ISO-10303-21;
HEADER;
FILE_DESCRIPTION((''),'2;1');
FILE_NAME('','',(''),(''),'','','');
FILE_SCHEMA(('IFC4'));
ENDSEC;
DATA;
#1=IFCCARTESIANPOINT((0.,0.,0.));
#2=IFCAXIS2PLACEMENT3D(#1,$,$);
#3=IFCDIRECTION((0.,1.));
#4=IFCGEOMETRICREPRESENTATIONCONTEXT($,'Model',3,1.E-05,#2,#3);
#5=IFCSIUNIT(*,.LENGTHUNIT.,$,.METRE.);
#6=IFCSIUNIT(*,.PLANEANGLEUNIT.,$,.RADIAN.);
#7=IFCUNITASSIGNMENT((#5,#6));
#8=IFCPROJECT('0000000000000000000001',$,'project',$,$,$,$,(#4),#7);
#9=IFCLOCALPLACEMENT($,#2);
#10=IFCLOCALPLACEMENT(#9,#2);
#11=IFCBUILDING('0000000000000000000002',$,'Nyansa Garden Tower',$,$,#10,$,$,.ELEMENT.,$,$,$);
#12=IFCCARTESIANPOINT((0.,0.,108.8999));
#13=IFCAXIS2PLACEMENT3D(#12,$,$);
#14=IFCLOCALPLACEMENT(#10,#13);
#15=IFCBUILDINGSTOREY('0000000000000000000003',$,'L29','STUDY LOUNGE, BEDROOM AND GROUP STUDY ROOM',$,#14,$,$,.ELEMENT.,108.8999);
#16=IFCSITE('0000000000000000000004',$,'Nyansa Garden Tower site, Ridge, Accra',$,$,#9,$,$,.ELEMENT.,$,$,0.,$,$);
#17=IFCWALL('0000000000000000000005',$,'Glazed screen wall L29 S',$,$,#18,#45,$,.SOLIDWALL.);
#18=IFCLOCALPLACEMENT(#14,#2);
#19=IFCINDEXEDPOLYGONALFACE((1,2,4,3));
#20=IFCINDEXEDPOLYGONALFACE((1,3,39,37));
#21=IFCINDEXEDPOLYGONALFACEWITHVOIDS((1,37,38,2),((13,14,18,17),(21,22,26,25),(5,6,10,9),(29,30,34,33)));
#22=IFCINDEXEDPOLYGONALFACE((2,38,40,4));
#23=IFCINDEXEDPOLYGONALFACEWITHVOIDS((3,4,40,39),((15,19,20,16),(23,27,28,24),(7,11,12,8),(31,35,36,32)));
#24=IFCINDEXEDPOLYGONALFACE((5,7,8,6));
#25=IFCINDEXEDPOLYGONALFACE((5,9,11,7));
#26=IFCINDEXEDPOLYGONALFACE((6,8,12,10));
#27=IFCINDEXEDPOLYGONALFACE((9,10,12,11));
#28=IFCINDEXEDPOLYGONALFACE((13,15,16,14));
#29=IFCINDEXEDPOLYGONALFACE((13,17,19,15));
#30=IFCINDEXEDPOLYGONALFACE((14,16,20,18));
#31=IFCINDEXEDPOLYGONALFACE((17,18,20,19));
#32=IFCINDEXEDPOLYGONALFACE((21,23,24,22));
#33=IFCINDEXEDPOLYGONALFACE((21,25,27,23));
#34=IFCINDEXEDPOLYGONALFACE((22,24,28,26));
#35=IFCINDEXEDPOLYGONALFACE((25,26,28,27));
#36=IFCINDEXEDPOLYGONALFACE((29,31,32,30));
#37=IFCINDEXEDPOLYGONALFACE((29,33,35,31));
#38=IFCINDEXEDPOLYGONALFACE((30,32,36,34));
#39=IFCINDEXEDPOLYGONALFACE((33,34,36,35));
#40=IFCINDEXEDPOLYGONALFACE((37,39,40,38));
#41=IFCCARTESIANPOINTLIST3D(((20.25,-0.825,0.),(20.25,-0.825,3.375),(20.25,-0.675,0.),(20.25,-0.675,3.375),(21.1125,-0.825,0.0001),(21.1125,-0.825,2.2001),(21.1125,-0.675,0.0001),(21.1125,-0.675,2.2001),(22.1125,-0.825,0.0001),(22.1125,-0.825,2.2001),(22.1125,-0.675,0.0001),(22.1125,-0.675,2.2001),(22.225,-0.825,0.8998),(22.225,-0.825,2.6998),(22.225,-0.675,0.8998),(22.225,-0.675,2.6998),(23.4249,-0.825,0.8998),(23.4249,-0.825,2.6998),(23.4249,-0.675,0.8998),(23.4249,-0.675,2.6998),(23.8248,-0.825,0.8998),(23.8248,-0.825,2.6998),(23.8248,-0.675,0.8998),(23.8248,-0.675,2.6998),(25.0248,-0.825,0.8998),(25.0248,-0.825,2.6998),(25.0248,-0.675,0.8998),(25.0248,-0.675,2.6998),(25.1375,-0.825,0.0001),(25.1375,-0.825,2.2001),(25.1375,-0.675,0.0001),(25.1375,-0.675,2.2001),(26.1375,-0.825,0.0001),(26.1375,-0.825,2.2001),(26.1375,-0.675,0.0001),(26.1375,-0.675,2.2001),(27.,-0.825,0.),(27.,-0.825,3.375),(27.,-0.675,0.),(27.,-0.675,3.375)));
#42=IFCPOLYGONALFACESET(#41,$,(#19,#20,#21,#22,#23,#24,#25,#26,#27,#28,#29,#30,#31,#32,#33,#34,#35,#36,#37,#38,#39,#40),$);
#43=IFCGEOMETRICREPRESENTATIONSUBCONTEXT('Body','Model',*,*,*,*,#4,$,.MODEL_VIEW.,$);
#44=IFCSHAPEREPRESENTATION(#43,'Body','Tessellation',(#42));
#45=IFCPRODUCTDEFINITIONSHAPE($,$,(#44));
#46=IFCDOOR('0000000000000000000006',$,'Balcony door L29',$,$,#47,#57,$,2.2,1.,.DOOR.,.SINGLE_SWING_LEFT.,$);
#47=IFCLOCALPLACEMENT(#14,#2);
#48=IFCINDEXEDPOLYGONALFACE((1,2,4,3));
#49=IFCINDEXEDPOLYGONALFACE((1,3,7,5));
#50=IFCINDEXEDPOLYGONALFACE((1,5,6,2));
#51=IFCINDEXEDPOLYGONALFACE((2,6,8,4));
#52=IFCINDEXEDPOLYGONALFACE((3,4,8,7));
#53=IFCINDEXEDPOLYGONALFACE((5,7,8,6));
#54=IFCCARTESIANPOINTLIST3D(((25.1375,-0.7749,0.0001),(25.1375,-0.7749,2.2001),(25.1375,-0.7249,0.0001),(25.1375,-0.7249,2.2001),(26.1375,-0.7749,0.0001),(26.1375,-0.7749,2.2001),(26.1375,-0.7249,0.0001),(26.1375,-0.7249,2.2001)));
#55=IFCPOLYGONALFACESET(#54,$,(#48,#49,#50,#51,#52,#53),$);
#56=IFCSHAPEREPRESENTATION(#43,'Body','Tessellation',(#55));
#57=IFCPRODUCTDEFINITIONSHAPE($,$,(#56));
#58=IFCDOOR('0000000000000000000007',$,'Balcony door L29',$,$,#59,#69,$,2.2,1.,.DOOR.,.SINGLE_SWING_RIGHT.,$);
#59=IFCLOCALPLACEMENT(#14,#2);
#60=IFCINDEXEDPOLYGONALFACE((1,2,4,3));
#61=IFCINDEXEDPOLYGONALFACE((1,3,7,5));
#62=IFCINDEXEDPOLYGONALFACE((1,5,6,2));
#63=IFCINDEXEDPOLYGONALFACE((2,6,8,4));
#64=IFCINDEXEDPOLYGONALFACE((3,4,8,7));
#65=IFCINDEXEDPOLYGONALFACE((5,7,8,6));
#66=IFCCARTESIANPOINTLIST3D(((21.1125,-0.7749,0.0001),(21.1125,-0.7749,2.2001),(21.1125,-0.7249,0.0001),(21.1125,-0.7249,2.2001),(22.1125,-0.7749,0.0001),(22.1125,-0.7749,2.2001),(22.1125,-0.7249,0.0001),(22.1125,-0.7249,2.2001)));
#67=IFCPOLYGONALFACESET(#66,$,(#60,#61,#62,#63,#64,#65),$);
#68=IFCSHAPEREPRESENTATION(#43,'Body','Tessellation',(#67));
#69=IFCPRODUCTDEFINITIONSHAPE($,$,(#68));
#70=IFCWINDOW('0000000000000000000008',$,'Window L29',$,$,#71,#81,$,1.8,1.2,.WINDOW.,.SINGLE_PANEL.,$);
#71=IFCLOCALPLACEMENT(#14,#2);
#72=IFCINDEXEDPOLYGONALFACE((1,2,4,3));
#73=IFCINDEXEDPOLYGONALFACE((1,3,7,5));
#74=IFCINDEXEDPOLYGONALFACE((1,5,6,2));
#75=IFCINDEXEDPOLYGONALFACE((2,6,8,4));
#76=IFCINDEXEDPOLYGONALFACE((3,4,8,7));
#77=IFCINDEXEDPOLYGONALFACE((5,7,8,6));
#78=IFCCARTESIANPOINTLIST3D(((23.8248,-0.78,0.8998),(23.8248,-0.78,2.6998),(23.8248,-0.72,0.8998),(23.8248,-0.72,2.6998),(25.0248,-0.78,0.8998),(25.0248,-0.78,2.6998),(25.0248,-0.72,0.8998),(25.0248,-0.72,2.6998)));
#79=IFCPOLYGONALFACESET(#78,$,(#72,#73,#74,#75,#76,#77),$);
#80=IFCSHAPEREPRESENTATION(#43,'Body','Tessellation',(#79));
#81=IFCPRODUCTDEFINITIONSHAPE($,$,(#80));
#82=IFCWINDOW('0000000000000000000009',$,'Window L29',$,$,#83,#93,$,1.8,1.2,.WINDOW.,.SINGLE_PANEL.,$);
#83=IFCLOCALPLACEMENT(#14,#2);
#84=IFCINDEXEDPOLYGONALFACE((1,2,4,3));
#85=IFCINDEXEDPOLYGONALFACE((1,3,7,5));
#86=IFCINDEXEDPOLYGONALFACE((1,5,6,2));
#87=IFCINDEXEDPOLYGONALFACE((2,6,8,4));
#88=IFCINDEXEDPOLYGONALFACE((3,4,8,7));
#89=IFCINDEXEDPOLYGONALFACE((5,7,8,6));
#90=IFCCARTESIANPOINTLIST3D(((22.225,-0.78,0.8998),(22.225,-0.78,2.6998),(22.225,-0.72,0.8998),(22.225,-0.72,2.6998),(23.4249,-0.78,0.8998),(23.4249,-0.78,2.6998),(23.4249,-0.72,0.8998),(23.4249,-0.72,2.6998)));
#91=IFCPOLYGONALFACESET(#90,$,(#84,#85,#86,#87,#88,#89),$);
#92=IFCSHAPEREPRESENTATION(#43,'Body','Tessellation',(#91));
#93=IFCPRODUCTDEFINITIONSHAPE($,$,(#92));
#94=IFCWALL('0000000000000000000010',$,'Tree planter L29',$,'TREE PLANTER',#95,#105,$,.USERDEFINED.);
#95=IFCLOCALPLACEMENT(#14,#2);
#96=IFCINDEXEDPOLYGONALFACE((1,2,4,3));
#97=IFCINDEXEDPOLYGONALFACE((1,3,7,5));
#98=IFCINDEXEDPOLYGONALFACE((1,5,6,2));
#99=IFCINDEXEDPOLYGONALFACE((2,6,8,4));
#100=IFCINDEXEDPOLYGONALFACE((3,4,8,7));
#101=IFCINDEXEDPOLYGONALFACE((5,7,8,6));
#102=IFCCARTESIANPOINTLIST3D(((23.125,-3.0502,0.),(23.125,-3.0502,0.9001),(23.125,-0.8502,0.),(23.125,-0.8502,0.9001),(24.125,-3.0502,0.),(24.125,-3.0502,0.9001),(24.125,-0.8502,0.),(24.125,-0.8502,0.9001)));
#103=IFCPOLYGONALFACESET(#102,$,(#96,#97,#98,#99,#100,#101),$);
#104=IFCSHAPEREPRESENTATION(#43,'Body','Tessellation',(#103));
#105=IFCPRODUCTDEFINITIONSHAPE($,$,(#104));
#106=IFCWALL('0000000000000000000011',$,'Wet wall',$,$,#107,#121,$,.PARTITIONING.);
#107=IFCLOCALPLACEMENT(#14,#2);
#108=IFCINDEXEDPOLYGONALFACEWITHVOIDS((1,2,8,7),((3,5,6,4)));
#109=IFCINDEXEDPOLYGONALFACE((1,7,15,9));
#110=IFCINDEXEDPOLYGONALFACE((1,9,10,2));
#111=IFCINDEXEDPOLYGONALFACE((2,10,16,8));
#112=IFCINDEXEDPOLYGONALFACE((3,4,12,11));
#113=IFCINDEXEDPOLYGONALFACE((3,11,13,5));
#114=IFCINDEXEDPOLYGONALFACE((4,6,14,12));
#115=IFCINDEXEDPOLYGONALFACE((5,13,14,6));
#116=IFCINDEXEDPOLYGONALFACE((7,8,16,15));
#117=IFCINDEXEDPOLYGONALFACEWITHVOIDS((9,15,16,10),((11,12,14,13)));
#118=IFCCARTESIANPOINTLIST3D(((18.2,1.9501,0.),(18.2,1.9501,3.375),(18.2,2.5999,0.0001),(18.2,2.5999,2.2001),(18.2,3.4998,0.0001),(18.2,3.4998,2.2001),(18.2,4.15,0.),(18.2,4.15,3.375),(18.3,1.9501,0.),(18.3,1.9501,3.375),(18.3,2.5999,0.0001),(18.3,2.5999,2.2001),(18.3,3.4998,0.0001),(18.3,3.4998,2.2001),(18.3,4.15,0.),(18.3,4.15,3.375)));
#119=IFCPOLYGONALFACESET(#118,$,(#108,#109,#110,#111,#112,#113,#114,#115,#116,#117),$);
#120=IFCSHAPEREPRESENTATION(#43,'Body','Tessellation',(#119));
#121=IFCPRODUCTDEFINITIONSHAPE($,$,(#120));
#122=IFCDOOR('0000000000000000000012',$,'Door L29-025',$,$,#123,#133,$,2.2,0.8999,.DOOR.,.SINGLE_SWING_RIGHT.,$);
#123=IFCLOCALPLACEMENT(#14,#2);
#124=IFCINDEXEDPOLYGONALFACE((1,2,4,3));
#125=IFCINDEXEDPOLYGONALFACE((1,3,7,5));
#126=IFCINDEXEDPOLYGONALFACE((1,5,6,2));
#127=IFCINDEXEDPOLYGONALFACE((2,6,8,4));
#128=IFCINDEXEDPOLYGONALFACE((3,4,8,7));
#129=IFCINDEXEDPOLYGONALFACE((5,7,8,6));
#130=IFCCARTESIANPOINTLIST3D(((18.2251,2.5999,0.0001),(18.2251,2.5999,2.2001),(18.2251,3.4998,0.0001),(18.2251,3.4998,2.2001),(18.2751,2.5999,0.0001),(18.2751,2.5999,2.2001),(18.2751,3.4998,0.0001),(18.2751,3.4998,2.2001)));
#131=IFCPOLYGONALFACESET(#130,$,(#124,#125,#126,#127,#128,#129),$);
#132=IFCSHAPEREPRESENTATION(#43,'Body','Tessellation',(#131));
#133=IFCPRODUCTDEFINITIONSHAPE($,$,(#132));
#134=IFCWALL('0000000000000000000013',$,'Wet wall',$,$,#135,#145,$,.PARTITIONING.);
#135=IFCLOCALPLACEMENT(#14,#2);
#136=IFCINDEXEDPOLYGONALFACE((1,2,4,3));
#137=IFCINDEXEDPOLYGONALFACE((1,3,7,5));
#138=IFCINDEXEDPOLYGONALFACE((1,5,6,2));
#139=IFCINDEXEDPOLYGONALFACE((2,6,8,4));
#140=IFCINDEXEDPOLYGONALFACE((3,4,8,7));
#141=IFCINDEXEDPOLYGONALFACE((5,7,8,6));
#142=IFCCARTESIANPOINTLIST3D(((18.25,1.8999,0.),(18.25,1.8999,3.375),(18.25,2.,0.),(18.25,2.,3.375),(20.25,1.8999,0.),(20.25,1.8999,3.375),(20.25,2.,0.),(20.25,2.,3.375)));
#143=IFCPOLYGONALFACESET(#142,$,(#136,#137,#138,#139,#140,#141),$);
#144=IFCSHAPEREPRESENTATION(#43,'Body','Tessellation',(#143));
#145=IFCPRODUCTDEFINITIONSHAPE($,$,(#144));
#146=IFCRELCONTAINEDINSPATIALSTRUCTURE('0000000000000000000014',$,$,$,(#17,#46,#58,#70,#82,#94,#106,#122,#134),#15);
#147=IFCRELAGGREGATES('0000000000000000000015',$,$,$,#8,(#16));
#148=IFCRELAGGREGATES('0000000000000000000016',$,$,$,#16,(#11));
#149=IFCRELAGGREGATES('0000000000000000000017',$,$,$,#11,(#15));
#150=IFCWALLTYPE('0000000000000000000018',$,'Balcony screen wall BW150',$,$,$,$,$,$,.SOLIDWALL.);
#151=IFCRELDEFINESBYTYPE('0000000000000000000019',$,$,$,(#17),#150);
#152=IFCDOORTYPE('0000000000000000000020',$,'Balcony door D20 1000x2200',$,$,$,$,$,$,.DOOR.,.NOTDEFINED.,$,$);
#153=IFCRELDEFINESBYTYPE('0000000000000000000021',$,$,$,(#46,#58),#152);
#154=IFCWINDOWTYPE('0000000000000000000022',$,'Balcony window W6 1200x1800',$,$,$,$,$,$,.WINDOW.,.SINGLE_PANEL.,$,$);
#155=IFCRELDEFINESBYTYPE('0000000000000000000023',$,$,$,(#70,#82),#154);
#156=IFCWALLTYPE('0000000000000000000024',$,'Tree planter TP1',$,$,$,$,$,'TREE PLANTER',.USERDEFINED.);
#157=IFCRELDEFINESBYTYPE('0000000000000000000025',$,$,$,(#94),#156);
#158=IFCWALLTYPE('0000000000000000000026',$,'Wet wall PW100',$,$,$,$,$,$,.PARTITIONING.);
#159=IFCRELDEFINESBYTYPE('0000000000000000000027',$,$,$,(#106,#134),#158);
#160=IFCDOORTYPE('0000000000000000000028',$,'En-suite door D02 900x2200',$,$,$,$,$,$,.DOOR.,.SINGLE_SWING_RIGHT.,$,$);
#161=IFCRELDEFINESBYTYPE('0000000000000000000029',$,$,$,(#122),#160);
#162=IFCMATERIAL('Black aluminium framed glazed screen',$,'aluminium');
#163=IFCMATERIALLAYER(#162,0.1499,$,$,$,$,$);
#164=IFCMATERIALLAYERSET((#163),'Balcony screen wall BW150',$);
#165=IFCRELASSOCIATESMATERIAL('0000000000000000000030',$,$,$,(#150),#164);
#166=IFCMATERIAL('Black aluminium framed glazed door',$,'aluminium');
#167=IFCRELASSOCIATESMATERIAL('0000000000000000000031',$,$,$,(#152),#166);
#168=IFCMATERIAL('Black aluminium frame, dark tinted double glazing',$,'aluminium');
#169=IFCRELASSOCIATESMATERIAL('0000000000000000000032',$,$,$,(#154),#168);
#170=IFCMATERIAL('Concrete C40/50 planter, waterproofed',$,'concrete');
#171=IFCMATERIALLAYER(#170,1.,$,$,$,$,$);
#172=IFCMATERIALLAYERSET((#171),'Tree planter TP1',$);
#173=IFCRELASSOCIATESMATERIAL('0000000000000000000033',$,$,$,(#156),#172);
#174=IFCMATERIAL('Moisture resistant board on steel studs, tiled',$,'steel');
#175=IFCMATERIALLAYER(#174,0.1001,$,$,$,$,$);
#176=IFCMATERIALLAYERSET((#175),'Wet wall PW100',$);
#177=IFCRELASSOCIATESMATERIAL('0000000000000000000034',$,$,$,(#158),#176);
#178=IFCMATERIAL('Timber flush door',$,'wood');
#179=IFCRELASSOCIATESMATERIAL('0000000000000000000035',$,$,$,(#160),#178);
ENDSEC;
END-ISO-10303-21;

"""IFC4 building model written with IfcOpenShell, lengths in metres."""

from ifc_helpers import new_model, si_unit, direction, frame, frame_2d, origin, place, context, subcontext, project, spatial, rectangle, extrude, material, layer, layer_set, type_object, element, fill, save


model = new_model("IFC4")

# Units and contexts
model_context = context("Model", 3, precision=1e-05, world=origin(), true_north=direction((0.0, 1.0)))
body_context = subcontext(model_context, "Body", "Model", "MODEL_VIEW")
ifc_project = project(units=[si_unit("LENGTHUNIT", "METRE"), si_unit("PLANEANGLEUNIT", "RADIAN")], contexts=[model_context])

# Site, building, storey
site_placement = place(None, origin())
site = spatial("IfcSite", under=ifc_project, at=site_placement, Name="Nyansa Garden Tower site, Ridge, Accra", CompositionType="ELEMENT", RefElevation=0.0)
building_placement = place(site_placement, origin())
building = spatial("IfcBuilding", under=site, at=building_placement, Name="Nyansa Garden Tower", CompositionType="ELEMENT")
storey_placement = place(building_placement, frame((0.0, 0.0, 108.8999)))
storey = spatial("IfcBuildingStorey", under=building, at=storey_placement, Name="L29", Description="STUDY LOUNGE, BEDROOM AND GROUP STUDY ROOM", CompositionType="ELEMENT", Elevation=108.8999)

# Wall, openings, doors, windows
ifc_material_1 = material(Name="Black aluminium framed glazed screen", Category="aluminium")
ifc_layer_1 = layer(ifc_material_1, 0.1499)
ifc_layer_set_1 = layer_set([ifc_layer_1], Name="Balcony screen wall BW150")
wall_type_1 = type_object("IfcWallType", Name="Balcony screen wall BW150", PredefinedType="SOLIDWALL", material=ifc_layer_set_1)
ifc_material_2 = material(Name="Black aluminium framed glazed door", Category="aluminium")
door_type_1 = type_object("IfcDoorType", Name="Balcony door D20 1000x2200", OperationType="NOTDEFINED", PredefinedType="DOOR", material=ifc_material_2)
ifc_material_3 = material(Name="Black aluminium frame, dark tinted double glazing", Category="aluminium")
window_type = type_object("IfcWindowType", Name="Balcony window W6 1200x1800", PartitioningType="SINGLE_PANEL", PredefinedType="WINDOW", material=ifc_material_3)
wall_1_placement = place(storey_placement, frame((27.0, -0.75, 0.0), z_axis=(0.0, 0.0, 1.0), x_axis=(-1.0, 0.0, 0.0)))
wall_1 = element("IfcWall", 1, at=wall_1_placement, inside=storey, type_object=wall_type_1, Name="Glazed screen wall L29 S", PredefinedType="SOLIDWALL", context=body_context, shape_type="SweptSolid", body=[
    extrude(rectangle(XDim=6.75, YDim=0.1499, at=frame_2d((3.375, 0.0))), origin(), (0.0, 0.0, 1.0), 3.375),
])
opening_1_placement = place(wall_1_placement, frame((0.8625, 0.0, 0.0)))
opening_1 = element("IfcOpeningElement", 2, at=opening_1_placement, cuts=wall_1, PredefinedType="OPENING", context=body_context, shape_type="SweptSolid", body=[
    extrude(rectangle(XDim=1.0, YDim=2.2, at=frame_2d((0.5, 1.1001))), frame((0.0, 0.085, 0.0), z_axis=(0.0, -1.0, 0.0), x_axis=(1.0, 0.0, 0.0)), (0.0, 0.0, 1.0), 0.1699),
])
opening_2_placement = place(wall_1_placement, frame((1.9751, 0.0, 0.8999)))
opening_2 = element("IfcOpeningElement", 3, at=opening_2_placement, cuts=wall_1, PredefinedType="OPENING", context=body_context, shape_type="SweptSolid", body=[
    extrude(rectangle(XDim=1.2, YDim=1.8, at=frame_2d((0.6001, 0.8999))), frame((0.0, 0.085, 0.0), z_axis=(0.0, -1.0, 0.0), x_axis=(1.0, 0.0, 0.0)), (0.0, 0.0, 1.0), 0.1699),
])
opening_3_placement = place(wall_1_placement, frame((4.8875, 0.0, 0.0)))
opening_3 = element("IfcOpeningElement", 4, at=opening_3_placement, cuts=wall_1, PredefinedType="OPENING", context=body_context, shape_type="SweptSolid", body=[
    extrude(rectangle(XDim=1.0, YDim=2.2, at=frame_2d((0.5, 1.1001))), frame((0.0, 0.085, 0.0), z_axis=(0.0, -1.0, 0.0), x_axis=(1.0, 0.0, 0.0)), (0.0, 0.0, 1.0), 0.1699),
])
opening_4_placement = place(wall_1_placement, frame((3.575, 0.0, 0.8999)))
opening_4 = element("IfcOpeningElement", 5, at=opening_4_placement, cuts=wall_1, PredefinedType="OPENING", context=body_context, shape_type="SweptSolid", body=[
    extrude(rectangle(XDim=1.2, YDim=1.8, at=frame_2d((0.6001, 0.8999))), frame((0.0, 0.085, 0.0), z_axis=(0.0, -1.0, 0.0), x_axis=(1.0, 0.0, 0.0)), (0.0, 0.0, 1.0), 0.1699),
])
door_1_placement = place(opening_1_placement, origin())
door_1 = element("IfcDoor", 6, at=door_1_placement, inside=storey, type_object=door_type_1, Name="Balcony door L29", OperationType="SINGLE_SWING_LEFT", OverallHeight=2.2, OverallWidth=1.0, PredefinedType="DOOR", context=body_context, shape_type="SweptSolid", body=[
    extrude(rectangle(XDim=1.0, YDim=2.2, at=frame_2d((0.5, 1.1001))), frame((0.0, 0.0249, 0.0), z_axis=(0.0, -1.0, 0.0), x_axis=(1.0, 0.0, 0.0)), (0.0, 0.0, 1.0), 0.05),
])
fill(opening_1, door_1)
door_2_placement = place(opening_3_placement, origin())
door_2 = element("IfcDoor", 7, at=door_2_placement, inside=storey, type_object=door_type_1, Name="Balcony door L29", OperationType="SINGLE_SWING_RIGHT", OverallHeight=2.2, OverallWidth=1.0, PredefinedType="DOOR", context=body_context, shape_type="SweptSolid", body=[
    extrude(rectangle(XDim=1.0, YDim=2.2, at=frame_2d((0.5, 1.1001))), frame((0.0, 0.0249, 0.0), z_axis=(0.0, -1.0, 0.0), x_axis=(1.0, 0.0, 0.0)), (0.0, 0.0, 1.0), 0.05),
])
fill(opening_3, door_2)
window_1_placement = place(opening_2_placement, origin())
window_1 = element("IfcWindow", 8, at=window_1_placement, inside=storey, type_object=window_type, Name="Window L29", OverallHeight=1.8, OverallWidth=1.2, PartitioningType="SINGLE_PANEL", PredefinedType="WINDOW", context=body_context, shape_type="SweptSolid", body=[
    extrude(rectangle(XDim=1.2, YDim=1.8, at=frame_2d((0.6001, 0.8999))), frame((0.0, 0.03, 0.0), z_axis=(0.0, -1.0, 0.0), x_axis=(1.0, 0.0, 0.0)), (0.0, 0.0, 1.0), 0.0601),
])
fill(opening_2, window_1)
window_2_placement = place(opening_4_placement, origin())
window_2 = element("IfcWindow", 9, at=window_2_placement, inside=storey, type_object=window_type, Name="Window L29", OverallHeight=1.8, OverallWidth=1.2, PartitioningType="SINGLE_PANEL", PredefinedType="WINDOW", context=body_context, shape_type="SweptSolid", body=[
    extrude(rectangle(XDim=1.2, YDim=1.8, at=frame_2d((0.6001, 0.8999))), frame((0.0, 0.03, 0.0), z_axis=(0.0, -1.0, 0.0), x_axis=(1.0, 0.0, 0.0)), (0.0, 0.0, 1.0), 0.0601),
])
fill(opening_4, window_2)

# Wall
ifc_material_4 = material(Name="Concrete C40/50 planter, waterproofed", Category="concrete")
ifc_layer_2 = layer(ifc_material_4, 1.0)
ifc_layer_set_2 = layer_set([ifc_layer_2], Name="Tree planter TP1")
wall_type_2 = type_object("IfcWallType", Name="Tree planter TP1", ElementType="TREE PLANTER", PredefinedType="USERDEFINED", material=ifc_layer_set_2)
wall_2_placement = place(storey_placement, frame((23.625, -0.8501, 0.0), z_axis=(0.0, 0.0, 1.0), x_axis=(0.0, -1.0, 0.0)))
element("IfcWall", 10, at=wall_2_placement, inside=storey, type_object=wall_type_2, Name="Tree planter L29", ObjectType="TREE PLANTER", PredefinedType="USERDEFINED", context=body_context, shape_type="SweptSolid", body=[
    extrude(rectangle(XDim=2.2, YDim=1.0, at=frame_2d((1.1001, 0.0))), origin(), (0.0, 0.0, 1.0), 0.9001),
])

# Wall, opening, door
ifc_material_5 = material(Name="Moisture resistant board on steel studs, tiled", Category="steel")
ifc_layer_3 = layer(ifc_material_5, 0.1001)
ifc_layer_set_3 = layer_set([ifc_layer_3], Name="Wet wall PW100")
wall_type_3 = type_object("IfcWallType", Name="Wet wall PW100", PredefinedType="PARTITIONING", material=ifc_layer_set_3)
wall_3_placement = place(storey_placement, frame((18.25, 1.95, 0.0), z_axis=(0.0, 0.0, 1.0), x_axis=(0.0, 1.0, 0.0)))
wall_3 = element("IfcWall", 11, at=wall_3_placement, inside=storey, type_object=wall_type_3, Name="Wet wall", PredefinedType="PARTITIONING", context=body_context, shape_type="SweptSolid", body=[
    extrude(rectangle(XDim=2.2, YDim=0.1001, at=frame_2d((1.1001, 0.0))), origin(), (0.0, 0.0, 1.0), 3.375),
])
opening_5_placement = place(wall_3_placement, frame((0.6499, 0.0, 0.0)))
opening_5 = element("IfcOpeningElement", 12, at=opening_5_placement, cuts=wall_3, PredefinedType="OPENING", context=body_context, shape_type="SweptSolid", body=[
    extrude(rectangle(XDim=0.8999, YDim=2.2, at=frame_2d((0.45, 1.1001))), frame((0.0, 0.0601, 0.0), z_axis=(0.0, -1.0, 0.0), x_axis=(1.0, 0.0, 0.0)), (0.0, 0.0, 1.0), 0.1201),
])
ifc_material_6 = material(Name="Timber flush door", Category="wood")
door_type_2 = type_object("IfcDoorType", Name="En-suite door D02 900x2200", OperationType="SINGLE_SWING_RIGHT", PredefinedType="DOOR", material=ifc_material_6)
door_3_placement = place(opening_5_placement, origin())
door_3 = element("IfcDoor", 13, at=door_3_placement, inside=storey, type_object=door_type_2, Name="Door L29-025", OperationType="SINGLE_SWING_RIGHT", OverallHeight=2.2, OverallWidth=0.8999, PredefinedType="DOOR", context=body_context, shape_type="SweptSolid", body=[
    extrude(rectangle(XDim=0.8999, YDim=2.2, at=frame_2d((0.45, 1.1001))), frame((0.0, 0.0249, 0.0), z_axis=(0.0, -1.0, 0.0), x_axis=(1.0, 0.0, 0.0)), (0.0, 0.0, 1.0), 0.05),
])
fill(opening_5, door_3)

# Wall
wall_4_placement = place(storey_placement, frame((18.25, 1.95, 0.0), z_axis=(0.0, 0.0, 1.0), x_axis=(1.0, 0.0, 0.0)))
element("IfcWall", 14, at=wall_4_placement, inside=storey, type_object=wall_type_3, Name="Wet wall", PredefinedType="PARTITIONING", context=body_context, shape_type="SweptSolid", body=[
    extrude(rectangle(XDim=2.0, YDim=0.1001, at=frame_2d((1.0, 0.0))), origin(), (0.0, 0.0, 1.0), 3.375),
])

save(model, "model.ifc")
